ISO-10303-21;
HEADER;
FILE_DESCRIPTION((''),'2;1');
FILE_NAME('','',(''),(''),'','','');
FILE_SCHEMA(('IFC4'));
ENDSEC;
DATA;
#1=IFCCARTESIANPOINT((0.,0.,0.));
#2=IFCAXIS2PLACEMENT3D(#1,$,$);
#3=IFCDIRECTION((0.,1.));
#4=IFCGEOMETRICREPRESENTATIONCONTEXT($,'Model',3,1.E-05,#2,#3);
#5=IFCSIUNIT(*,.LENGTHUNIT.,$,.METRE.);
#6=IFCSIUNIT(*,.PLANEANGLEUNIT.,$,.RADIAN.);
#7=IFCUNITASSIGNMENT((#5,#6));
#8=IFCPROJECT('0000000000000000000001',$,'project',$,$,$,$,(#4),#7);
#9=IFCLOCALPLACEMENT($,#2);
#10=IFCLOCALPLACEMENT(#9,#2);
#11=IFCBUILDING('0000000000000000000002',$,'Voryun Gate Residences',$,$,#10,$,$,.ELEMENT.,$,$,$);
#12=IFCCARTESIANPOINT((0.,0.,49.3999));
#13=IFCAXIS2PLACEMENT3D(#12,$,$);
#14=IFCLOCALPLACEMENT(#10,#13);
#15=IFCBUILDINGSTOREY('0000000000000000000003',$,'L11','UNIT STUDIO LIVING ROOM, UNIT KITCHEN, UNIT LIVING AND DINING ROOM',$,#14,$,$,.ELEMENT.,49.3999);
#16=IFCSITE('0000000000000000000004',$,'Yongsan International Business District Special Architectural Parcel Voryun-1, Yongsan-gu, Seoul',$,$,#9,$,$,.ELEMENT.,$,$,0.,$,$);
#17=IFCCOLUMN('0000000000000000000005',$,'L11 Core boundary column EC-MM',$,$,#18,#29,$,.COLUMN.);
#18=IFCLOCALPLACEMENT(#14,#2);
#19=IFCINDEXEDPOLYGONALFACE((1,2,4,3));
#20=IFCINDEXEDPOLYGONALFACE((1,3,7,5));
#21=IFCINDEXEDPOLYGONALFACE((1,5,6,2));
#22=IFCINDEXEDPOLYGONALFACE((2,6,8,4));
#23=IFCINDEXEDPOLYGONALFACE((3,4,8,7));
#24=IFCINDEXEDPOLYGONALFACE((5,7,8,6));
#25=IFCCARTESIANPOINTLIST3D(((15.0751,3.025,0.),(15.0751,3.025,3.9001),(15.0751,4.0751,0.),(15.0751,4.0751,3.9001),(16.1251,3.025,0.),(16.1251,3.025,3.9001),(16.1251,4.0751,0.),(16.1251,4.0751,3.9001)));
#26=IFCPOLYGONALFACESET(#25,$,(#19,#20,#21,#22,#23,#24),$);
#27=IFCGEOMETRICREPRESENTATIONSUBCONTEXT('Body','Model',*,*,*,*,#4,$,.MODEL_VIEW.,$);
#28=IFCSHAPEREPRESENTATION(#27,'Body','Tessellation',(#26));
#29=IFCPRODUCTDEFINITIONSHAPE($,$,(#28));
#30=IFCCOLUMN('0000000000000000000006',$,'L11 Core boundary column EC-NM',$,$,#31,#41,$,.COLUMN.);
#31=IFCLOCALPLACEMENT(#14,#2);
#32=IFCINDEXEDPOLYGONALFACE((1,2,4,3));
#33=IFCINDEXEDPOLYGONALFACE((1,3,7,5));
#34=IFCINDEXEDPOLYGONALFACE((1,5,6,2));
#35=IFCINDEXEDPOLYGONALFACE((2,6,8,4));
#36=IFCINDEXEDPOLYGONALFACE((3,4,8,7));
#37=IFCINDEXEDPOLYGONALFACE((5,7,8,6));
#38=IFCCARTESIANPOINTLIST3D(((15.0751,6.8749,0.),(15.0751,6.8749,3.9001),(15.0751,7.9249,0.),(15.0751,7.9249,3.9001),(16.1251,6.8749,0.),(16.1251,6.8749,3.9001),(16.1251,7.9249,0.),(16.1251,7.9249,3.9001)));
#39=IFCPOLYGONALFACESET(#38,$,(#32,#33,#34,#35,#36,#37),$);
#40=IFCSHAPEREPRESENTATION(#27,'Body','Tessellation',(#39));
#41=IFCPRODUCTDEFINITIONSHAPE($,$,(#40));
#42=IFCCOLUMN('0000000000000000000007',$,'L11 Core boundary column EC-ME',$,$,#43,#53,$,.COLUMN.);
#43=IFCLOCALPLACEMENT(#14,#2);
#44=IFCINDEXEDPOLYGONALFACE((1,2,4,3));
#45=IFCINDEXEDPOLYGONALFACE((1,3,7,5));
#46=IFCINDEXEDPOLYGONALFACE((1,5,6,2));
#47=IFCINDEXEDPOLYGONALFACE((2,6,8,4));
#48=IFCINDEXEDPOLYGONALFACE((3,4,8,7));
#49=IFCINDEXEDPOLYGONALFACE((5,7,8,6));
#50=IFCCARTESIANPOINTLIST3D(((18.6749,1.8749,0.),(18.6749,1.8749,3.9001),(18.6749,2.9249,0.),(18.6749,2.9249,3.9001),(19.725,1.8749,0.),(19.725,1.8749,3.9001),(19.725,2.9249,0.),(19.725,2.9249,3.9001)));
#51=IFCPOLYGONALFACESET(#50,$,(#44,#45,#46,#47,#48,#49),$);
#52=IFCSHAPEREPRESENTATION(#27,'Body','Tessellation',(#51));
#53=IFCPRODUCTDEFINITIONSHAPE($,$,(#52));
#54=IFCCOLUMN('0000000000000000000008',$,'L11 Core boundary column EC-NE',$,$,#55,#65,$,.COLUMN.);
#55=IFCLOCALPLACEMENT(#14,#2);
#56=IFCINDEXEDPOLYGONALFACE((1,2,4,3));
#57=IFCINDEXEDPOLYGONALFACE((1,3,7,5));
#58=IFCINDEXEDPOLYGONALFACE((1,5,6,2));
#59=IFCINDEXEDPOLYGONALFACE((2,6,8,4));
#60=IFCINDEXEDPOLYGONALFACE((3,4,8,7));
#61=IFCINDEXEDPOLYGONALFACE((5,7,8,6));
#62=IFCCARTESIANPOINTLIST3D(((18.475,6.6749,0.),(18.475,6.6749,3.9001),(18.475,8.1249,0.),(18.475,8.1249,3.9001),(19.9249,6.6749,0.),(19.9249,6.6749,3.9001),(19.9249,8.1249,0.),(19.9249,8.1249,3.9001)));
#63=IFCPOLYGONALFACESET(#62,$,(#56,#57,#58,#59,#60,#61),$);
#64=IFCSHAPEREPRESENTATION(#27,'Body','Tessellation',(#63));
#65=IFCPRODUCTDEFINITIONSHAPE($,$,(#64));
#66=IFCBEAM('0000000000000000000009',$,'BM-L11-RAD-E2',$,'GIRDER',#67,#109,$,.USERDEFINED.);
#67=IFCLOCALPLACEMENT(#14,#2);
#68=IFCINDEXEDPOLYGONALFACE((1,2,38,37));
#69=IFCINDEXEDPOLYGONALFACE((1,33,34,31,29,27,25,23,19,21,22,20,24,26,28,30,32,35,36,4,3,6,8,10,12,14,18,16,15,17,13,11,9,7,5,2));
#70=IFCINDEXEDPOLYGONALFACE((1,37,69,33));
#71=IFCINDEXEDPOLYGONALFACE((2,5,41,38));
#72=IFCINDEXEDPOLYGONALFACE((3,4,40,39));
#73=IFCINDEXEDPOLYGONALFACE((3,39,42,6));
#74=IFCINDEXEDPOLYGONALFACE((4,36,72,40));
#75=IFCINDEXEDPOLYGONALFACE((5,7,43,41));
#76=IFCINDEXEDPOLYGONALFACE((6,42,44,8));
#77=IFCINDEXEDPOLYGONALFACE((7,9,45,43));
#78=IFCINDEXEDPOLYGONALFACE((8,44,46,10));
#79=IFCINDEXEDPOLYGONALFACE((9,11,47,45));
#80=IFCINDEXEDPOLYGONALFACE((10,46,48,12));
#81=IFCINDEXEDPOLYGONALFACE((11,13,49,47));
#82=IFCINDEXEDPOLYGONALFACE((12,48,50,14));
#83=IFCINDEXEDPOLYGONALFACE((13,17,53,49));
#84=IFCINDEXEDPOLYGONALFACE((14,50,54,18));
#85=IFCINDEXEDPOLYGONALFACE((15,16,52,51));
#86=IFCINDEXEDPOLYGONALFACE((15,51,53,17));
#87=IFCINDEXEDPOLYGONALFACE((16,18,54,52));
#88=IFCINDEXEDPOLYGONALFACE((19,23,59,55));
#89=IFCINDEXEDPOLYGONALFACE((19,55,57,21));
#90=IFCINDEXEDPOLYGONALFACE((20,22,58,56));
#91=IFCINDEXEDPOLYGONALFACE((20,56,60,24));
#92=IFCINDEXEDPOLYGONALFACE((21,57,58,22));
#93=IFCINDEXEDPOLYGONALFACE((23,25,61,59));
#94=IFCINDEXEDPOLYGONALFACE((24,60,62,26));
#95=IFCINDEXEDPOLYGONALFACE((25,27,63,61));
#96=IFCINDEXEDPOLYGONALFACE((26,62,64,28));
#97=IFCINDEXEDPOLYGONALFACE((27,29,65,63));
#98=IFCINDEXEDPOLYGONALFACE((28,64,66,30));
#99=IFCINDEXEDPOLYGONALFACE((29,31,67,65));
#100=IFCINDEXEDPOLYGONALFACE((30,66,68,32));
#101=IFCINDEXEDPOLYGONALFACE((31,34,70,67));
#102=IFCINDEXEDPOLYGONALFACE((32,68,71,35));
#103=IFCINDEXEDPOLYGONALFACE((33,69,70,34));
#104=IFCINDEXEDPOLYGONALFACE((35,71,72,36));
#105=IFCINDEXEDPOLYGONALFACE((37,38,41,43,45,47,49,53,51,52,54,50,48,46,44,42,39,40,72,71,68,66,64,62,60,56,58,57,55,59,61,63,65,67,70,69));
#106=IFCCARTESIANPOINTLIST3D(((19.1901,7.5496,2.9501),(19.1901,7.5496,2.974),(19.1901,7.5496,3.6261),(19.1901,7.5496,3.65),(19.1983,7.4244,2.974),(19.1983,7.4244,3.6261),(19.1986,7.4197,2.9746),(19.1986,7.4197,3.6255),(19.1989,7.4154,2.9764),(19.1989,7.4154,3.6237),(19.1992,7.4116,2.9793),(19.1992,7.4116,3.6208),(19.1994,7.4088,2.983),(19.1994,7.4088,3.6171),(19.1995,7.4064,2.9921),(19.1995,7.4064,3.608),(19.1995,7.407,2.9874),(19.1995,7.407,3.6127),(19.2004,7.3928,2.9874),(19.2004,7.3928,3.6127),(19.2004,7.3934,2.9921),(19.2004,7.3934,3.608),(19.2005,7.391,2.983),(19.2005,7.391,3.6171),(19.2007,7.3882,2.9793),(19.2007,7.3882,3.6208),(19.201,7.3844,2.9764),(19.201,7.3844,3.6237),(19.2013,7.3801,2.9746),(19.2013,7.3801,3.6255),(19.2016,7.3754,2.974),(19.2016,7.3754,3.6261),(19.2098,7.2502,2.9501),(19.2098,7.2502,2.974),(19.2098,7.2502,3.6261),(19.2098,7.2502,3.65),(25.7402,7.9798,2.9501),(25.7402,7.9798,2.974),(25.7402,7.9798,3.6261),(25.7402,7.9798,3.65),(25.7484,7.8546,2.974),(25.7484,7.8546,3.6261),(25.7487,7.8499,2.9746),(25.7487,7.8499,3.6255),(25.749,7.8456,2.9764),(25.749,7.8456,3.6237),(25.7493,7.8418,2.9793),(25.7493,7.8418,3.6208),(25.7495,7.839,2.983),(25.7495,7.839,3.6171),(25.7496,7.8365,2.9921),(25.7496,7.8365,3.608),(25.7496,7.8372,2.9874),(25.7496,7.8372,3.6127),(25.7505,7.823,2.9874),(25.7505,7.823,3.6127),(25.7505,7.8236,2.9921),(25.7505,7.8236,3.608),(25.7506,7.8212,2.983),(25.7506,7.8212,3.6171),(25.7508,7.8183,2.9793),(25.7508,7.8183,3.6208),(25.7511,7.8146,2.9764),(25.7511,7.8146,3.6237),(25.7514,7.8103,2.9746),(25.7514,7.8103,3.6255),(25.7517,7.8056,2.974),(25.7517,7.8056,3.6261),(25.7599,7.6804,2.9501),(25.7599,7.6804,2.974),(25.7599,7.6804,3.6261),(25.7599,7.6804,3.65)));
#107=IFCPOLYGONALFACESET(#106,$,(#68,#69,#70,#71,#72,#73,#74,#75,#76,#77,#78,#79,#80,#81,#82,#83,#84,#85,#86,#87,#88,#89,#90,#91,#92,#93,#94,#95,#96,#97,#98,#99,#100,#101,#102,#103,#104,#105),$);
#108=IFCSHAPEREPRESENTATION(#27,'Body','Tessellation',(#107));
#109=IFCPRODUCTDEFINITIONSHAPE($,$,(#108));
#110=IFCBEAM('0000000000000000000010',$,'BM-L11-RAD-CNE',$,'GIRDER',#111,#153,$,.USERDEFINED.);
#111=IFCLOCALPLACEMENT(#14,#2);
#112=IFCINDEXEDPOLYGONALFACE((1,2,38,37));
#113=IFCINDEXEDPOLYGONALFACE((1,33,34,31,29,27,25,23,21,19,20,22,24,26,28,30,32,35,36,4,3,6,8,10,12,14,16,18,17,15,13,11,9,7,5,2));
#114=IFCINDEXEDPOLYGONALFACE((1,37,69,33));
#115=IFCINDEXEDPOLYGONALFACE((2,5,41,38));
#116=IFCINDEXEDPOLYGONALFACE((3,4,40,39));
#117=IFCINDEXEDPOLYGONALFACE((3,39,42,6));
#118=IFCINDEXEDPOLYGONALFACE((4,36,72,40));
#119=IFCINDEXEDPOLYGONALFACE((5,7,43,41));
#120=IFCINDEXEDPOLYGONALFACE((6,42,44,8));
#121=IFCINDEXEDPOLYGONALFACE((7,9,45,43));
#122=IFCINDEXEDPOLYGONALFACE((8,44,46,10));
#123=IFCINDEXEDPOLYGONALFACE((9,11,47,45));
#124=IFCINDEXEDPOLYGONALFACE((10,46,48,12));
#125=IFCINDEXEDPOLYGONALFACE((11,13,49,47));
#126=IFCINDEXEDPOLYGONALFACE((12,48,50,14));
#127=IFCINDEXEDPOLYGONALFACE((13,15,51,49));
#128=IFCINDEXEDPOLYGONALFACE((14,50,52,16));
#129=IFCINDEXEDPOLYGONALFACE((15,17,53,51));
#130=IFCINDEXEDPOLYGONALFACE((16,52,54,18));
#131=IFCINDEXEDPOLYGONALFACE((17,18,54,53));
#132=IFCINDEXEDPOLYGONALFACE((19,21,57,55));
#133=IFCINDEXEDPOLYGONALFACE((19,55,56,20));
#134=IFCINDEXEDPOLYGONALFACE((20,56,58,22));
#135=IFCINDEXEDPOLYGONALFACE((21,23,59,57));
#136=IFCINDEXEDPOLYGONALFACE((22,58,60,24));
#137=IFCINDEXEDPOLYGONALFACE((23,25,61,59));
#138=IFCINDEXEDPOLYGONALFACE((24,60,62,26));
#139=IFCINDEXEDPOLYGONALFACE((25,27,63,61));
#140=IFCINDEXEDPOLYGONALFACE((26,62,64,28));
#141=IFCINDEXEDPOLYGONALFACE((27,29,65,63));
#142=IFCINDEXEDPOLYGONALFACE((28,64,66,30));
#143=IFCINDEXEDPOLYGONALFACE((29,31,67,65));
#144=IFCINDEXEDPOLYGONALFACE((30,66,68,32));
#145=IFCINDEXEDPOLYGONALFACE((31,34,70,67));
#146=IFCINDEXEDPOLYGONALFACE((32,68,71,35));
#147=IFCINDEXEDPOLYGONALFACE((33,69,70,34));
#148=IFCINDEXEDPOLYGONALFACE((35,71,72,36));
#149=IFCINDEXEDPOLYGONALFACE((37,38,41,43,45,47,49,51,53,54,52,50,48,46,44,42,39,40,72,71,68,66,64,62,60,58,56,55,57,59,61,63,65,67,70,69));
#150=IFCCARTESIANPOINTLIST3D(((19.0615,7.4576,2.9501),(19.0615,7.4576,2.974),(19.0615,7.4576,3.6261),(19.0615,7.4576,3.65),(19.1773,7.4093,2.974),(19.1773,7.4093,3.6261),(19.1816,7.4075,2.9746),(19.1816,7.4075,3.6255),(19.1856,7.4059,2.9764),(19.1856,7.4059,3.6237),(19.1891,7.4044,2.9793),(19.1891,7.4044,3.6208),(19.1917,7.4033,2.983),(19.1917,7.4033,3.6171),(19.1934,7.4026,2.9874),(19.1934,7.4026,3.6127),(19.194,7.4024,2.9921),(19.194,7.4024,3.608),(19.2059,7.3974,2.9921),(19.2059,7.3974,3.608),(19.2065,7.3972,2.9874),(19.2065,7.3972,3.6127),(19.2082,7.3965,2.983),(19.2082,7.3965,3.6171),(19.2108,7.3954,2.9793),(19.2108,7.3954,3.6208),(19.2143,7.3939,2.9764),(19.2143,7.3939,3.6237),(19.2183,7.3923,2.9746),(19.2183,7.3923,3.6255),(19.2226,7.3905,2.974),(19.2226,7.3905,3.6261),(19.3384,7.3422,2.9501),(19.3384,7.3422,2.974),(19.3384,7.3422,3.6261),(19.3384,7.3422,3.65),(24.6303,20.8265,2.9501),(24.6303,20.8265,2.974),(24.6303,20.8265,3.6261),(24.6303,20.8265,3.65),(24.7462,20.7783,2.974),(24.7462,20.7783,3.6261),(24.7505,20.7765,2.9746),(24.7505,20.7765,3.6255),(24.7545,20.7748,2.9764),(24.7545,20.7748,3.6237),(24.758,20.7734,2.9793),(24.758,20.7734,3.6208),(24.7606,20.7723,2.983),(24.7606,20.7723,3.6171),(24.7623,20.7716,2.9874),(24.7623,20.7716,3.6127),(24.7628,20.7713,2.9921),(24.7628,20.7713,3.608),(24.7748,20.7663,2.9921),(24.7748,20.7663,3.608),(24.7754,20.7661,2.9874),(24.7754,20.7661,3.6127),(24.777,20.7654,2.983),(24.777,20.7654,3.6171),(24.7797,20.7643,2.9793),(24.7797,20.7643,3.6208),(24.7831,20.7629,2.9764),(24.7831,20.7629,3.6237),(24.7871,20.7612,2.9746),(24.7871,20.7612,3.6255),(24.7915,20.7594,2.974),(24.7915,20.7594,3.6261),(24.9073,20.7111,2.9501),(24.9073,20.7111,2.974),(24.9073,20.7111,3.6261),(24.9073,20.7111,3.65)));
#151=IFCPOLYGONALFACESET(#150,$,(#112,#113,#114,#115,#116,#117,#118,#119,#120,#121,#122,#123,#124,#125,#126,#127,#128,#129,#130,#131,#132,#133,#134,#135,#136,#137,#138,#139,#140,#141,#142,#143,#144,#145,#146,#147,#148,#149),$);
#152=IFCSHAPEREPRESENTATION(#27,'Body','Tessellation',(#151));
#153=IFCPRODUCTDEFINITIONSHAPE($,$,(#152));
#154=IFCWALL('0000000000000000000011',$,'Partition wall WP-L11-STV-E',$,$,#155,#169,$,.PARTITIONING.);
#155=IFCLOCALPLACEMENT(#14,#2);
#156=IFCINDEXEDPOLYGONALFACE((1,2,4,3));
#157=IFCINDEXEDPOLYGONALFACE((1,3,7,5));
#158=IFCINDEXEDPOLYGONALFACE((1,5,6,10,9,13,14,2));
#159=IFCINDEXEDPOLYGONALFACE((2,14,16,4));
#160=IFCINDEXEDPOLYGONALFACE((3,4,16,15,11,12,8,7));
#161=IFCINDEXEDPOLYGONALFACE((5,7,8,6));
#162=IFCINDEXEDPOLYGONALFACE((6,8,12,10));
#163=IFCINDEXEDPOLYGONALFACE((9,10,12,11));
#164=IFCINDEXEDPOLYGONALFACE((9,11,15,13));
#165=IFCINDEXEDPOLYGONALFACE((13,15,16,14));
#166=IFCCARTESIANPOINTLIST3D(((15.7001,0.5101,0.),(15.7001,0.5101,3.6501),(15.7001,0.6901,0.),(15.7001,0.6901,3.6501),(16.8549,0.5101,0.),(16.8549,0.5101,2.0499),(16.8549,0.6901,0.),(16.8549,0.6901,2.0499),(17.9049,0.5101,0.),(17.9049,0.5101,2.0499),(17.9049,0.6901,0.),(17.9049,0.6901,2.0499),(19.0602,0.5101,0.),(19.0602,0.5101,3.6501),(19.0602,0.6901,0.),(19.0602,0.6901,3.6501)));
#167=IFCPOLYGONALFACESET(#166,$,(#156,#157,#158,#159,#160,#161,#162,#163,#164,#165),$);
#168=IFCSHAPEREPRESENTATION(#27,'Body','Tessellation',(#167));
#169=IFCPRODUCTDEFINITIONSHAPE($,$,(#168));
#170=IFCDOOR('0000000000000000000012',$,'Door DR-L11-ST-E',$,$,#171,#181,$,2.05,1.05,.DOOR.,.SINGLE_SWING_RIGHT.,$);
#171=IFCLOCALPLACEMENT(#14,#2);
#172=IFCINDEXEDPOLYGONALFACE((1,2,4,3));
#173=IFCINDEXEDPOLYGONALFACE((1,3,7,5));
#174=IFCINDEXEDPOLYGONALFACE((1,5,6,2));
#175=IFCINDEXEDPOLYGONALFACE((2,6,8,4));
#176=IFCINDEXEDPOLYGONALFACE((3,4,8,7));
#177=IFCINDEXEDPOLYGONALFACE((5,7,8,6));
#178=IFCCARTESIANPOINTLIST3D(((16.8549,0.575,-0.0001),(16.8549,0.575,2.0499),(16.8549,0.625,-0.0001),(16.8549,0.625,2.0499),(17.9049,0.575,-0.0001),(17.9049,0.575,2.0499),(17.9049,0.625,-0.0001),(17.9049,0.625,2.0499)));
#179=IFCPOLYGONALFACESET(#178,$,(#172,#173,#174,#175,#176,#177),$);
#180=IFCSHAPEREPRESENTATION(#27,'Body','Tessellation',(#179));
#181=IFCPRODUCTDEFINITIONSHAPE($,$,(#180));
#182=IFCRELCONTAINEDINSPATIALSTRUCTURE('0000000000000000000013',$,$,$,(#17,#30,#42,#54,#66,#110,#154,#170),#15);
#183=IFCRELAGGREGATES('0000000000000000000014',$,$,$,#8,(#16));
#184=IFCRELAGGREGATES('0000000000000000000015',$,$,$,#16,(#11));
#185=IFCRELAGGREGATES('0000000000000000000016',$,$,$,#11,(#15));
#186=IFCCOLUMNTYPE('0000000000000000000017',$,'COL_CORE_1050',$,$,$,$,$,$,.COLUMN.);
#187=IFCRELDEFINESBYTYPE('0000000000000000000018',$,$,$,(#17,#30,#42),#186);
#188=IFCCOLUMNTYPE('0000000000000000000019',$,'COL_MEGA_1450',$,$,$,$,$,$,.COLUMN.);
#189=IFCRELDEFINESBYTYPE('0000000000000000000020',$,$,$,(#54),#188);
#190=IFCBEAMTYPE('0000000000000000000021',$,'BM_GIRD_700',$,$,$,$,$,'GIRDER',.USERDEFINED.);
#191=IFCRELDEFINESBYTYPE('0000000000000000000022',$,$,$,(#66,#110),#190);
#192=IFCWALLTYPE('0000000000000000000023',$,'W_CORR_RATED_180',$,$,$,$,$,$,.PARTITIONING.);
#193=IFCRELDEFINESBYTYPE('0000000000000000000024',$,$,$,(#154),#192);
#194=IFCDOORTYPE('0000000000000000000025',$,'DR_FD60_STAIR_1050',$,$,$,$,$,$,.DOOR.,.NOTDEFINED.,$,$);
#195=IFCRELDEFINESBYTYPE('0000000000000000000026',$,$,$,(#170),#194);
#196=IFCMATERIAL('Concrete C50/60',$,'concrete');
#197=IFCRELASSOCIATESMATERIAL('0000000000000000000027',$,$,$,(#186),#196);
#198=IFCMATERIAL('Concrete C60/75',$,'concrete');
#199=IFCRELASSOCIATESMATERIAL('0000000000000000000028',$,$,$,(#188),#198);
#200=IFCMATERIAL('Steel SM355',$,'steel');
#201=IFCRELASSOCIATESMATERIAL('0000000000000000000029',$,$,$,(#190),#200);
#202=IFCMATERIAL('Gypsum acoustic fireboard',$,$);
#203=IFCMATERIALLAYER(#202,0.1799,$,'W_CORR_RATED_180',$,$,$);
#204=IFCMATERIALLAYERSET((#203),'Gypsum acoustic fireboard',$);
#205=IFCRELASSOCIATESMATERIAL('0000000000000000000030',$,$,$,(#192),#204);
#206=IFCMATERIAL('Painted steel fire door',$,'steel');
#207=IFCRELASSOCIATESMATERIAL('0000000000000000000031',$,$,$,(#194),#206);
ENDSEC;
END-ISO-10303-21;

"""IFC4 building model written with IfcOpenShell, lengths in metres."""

from ifc_helpers import new_model, si_unit, direction, frame, frame_2d, origin, origin_2d, place, context, subcontext, project, spatial, rectangle, i_section, extrude, material, layer, layer_set, material_profile, profile_set, type_object, element, fill, save


model = new_model("IFC4")

# Units and contexts
model_context = context("Model", 3, precision=1e-05, world=origin(), true_north=direction((0.0, 1.0)))
body_context = subcontext(model_context, "Body", "Model", "MODEL_VIEW")
ifc_project = project(units=[si_unit("LENGTHUNIT", "METRE"), si_unit("PLANEANGLEUNIT", "RADIAN")], contexts=[model_context])

# Site, building, storey
site_placement = place(None, origin())
site = spatial("IfcSite", under=ifc_project, at=site_placement, Name="Yongsan International Business District Special Architectural Parcel Voryun-1, Yongsan-gu, Seoul", CompositionType="ELEMENT", RefElevation=0.0)
building_placement = place(site_placement, origin())
building = spatial("IfcBuilding", under=site, at=building_placement, Name="Voryun Gate Residences", CompositionType="ELEMENT")
storey_placement = place(building_placement, frame((0.0, 0.0, 49.3999)))
storey = spatial("IfcBuildingStorey", under=building, at=storey_placement, Name="L11", Description="UNIT STUDIO LIVING ROOM, UNIT KITCHEN, UNIT LIVING AND DINING ROOM", CompositionType="ELEMENT", Elevation=49.3999)

# Columns
ifc_material_1 = material(Name="Concrete C50/60", Category="concrete")
ifc_material_profile_1 = material_profile(ifc_material_1, rectangle(XDim=1.05, YDim=1.05, at=origin_2d()), Name="RC-1050x1050")
ifc_profile_set_1 = profile_set([ifc_material_profile_1], Name="Concrete C50/60")
column_type_1 = type_object("IfcColumnType", Name="COL_CORE_1050", PredefinedType="COLUMN", material=ifc_profile_set_1)
for number, where, z_axis, x_axis, name in (
    (1, (15.6001, 3.55, 0.0), (0.0, 0.0, 1.0), (1.0, 0.0, 0.0), "L11 Core boundary column EC-MM"),
    (2, (15.6001, 7.3999, 0.0), (0.0, 0.0, 1.0), (1.0, 0.0, 0.0), "L11 Core boundary column EC-NM"),
    (3, (19.2, 2.3999, 0.0), (0.0, 0.0, 1.0), (1.0, 0.0, 0.0), "L11 Core boundary column EC-ME"),
):
    element("IfcColumn", number, at=place(storey_placement, frame(where, z_axis=z_axis, x_axis=x_axis)), inside=storey, type_object=column_type_1, Name=name, PredefinedType="COLUMN", context=body_context, shape_type="SweptSolid", body=[
        extrude(rectangle(XDim=1.05, YDim=1.05, at=origin_2d()), origin(), (0.0, 0.0, 1.0), 3.9001),
    ])
ifc_material_2 = material(Name="Concrete C60/75", Category="concrete")
ifc_material_profile_2 = material_profile(ifc_material_2, rectangle(XDim=1.45, YDim=1.45, at=origin_2d()), Name="RC-1450x1450")
ifc_profile_set_2 = profile_set([ifc_material_profile_2], Name="Concrete C60/75")
column_type_2 = type_object("IfcColumnType", Name="COL_MEGA_1450", PredefinedType="COLUMN", material=ifc_profile_set_2)
column_placement = place(storey_placement, frame((19.2, 7.3999, 0.0), z_axis=(0.0, 0.0, 1.0), x_axis=(1.0, 0.0, 0.0)))
element("IfcColumn", 4, at=column_placement, inside=storey, type_object=column_type_2, Name="L11 Core boundary column EC-NE", PredefinedType="COLUMN", context=body_context, shape_type="SweptSolid", body=[
    extrude(rectangle(XDim=1.45, YDim=1.45, at=origin_2d()), origin(), (0.0, 0.0, 1.0), 3.9001),
])

# Beams
ifc_material_3 = material(Name="Steel SM355", Category="steel")
ifc_material_profile_3 = material_profile(ifc_material_3, i_section(OverallWidth=0.3, OverallDepth=0.7, WebThickness=0.0129, FlangeThickness=0.0239, FilletRadius=0.0181, at=origin_2d()), Name="H-700x300x13x24")
ifc_profile_set_3 = profile_set([ifc_material_profile_3], Name="Steel SM355")
beam_type = type_object("IfcBeamType", Name="BM_GIRD_700", ElementType="GIRDER", PredefinedType="USERDEFINED", material=ifc_profile_set_3)
beam_1_placement = place(storey_placement, frame((19.2, 7.3999, 3.3), z_axis=(0.99785, 0.065534, 0.0), x_axis=(-0.065534, 0.99785, 0.0)))
element("IfcBeam", 5, at=beam_1_placement, inside=storey, type_object=beam_type, Name="BM-L11-RAD-E2", ObjectType="GIRDER", PredefinedType="USERDEFINED", context=body_context, shape_type="SweptSolid", body=[
    extrude(i_section(OverallWidth=0.3, OverallDepth=0.7, WebThickness=0.0129, FlangeThickness=0.0239, FilletRadius=0.0181, at=origin_2d()), origin(), (0.0, 0.0, 1.0), 6.5642),
])
beam_2_placement = place(storey_placement, frame((19.2, 7.3999, 3.3), z_axis=(0.384526, 0.923114, 0.0), x_axis=(-0.923114, 0.384526, 0.0)))
element("IfcBeam", 6, at=beam_2_placement, inside=storey, type_object=beam_type, Name="BM-L11-RAD-CNE", ObjectType="GIRDER", PredefinedType="USERDEFINED", context=body_context, shape_type="SweptSolid", body=[
    extrude(i_section(OverallWidth=0.3, OverallDepth=0.7, WebThickness=0.0129, FlangeThickness=0.0239, FilletRadius=0.0181, at=origin_2d()), origin(), (0.0, 0.0, 1.0), 14.4824),
])

# Wall, opening, door
ifc_material_4 = material(Name="Gypsum acoustic fireboard")
ifc_layer_1 = layer(ifc_material_4, 0.1799, Name="W_CORR_RATED_180")
ifc_layer_set_1 = layer_set([ifc_layer_1], Name="Gypsum acoustic fireboard")
wall_type_1 = type_object("IfcWallType", Name="W_CORR_RATED_180", PredefinedType="PARTITIONING", material=ifc_layer_set_1)
wall_1_placement = place(storey_placement, frame((15.7, 0.6001, 0.0), z_axis=(0.0, 0.0, 1.0), x_axis=(1.0, 0.0, 0.0)))
wall_1 = element("IfcWall", 7, at=wall_1_placement, inside=storey, type_object=wall_type_1, Name="Partition wall WP-L11-STV-E", PredefinedType="PARTITIONING", context=body_context, shape_type="SweptSolid", body=[
    extrude(rectangle(XDim=3.3601, YDim=0.1799, at=frame_2d((1.6802, 0.0))), origin(), (0.0, 0.0, 1.0), 3.6501),
])
opening_1_placement = place(wall_1_placement, frame((1.155, 0.0, 0.0)))
opening_1 = element("IfcOpeningElement", 8, at=opening_1_placement, cuts=wall_1, PredefinedType="OPENING", context=body_context, shape_type="SweptSolid", body=[
    extrude(rectangle(XDim=1.05, YDim=2.05, at=frame_2d((0.5249, 1.0249))), frame((0.0, 0.0999, 0.0), z_axis=(0.0, -1.0, 0.0), x_axis=(1.0, 0.0, 0.0)), (0.0, 0.0, 1.0), 0.2),
])
ifc_material_5 = material(Name="Painted steel fire door", Category="steel")
door_type_1 = type_object("IfcDoorType", Name="DR_FD60_STAIR_1050", OperationType="NOTDEFINED", PredefinedType="DOOR", material=ifc_material_5)
door_1_placement = place(opening_1_placement, origin())
door_1 = element("IfcDoor", 9, at=door_1_placement, inside=storey, type_object=door_type_1, Name="Door DR-L11-ST-E", OperationType="SINGLE_SWING_RIGHT", OverallHeight=2.05, OverallWidth=1.05, PredefinedType="DOOR", context=body_context, shape_type="SweptSolid", body=[
    extrude(rectangle(XDim=1.05, YDim=2.05, at=frame_2d((0.5249, 1.0249))), frame((0.0, 0.0249, 0.0), z_axis=(0.0, -1.0, 0.0), x_axis=(1.0, 0.0, 0.0)), (0.0, 0.0, 1.0), 0.05),
])
fill(opening_1, door_1)

save(model, "model.ifc")
